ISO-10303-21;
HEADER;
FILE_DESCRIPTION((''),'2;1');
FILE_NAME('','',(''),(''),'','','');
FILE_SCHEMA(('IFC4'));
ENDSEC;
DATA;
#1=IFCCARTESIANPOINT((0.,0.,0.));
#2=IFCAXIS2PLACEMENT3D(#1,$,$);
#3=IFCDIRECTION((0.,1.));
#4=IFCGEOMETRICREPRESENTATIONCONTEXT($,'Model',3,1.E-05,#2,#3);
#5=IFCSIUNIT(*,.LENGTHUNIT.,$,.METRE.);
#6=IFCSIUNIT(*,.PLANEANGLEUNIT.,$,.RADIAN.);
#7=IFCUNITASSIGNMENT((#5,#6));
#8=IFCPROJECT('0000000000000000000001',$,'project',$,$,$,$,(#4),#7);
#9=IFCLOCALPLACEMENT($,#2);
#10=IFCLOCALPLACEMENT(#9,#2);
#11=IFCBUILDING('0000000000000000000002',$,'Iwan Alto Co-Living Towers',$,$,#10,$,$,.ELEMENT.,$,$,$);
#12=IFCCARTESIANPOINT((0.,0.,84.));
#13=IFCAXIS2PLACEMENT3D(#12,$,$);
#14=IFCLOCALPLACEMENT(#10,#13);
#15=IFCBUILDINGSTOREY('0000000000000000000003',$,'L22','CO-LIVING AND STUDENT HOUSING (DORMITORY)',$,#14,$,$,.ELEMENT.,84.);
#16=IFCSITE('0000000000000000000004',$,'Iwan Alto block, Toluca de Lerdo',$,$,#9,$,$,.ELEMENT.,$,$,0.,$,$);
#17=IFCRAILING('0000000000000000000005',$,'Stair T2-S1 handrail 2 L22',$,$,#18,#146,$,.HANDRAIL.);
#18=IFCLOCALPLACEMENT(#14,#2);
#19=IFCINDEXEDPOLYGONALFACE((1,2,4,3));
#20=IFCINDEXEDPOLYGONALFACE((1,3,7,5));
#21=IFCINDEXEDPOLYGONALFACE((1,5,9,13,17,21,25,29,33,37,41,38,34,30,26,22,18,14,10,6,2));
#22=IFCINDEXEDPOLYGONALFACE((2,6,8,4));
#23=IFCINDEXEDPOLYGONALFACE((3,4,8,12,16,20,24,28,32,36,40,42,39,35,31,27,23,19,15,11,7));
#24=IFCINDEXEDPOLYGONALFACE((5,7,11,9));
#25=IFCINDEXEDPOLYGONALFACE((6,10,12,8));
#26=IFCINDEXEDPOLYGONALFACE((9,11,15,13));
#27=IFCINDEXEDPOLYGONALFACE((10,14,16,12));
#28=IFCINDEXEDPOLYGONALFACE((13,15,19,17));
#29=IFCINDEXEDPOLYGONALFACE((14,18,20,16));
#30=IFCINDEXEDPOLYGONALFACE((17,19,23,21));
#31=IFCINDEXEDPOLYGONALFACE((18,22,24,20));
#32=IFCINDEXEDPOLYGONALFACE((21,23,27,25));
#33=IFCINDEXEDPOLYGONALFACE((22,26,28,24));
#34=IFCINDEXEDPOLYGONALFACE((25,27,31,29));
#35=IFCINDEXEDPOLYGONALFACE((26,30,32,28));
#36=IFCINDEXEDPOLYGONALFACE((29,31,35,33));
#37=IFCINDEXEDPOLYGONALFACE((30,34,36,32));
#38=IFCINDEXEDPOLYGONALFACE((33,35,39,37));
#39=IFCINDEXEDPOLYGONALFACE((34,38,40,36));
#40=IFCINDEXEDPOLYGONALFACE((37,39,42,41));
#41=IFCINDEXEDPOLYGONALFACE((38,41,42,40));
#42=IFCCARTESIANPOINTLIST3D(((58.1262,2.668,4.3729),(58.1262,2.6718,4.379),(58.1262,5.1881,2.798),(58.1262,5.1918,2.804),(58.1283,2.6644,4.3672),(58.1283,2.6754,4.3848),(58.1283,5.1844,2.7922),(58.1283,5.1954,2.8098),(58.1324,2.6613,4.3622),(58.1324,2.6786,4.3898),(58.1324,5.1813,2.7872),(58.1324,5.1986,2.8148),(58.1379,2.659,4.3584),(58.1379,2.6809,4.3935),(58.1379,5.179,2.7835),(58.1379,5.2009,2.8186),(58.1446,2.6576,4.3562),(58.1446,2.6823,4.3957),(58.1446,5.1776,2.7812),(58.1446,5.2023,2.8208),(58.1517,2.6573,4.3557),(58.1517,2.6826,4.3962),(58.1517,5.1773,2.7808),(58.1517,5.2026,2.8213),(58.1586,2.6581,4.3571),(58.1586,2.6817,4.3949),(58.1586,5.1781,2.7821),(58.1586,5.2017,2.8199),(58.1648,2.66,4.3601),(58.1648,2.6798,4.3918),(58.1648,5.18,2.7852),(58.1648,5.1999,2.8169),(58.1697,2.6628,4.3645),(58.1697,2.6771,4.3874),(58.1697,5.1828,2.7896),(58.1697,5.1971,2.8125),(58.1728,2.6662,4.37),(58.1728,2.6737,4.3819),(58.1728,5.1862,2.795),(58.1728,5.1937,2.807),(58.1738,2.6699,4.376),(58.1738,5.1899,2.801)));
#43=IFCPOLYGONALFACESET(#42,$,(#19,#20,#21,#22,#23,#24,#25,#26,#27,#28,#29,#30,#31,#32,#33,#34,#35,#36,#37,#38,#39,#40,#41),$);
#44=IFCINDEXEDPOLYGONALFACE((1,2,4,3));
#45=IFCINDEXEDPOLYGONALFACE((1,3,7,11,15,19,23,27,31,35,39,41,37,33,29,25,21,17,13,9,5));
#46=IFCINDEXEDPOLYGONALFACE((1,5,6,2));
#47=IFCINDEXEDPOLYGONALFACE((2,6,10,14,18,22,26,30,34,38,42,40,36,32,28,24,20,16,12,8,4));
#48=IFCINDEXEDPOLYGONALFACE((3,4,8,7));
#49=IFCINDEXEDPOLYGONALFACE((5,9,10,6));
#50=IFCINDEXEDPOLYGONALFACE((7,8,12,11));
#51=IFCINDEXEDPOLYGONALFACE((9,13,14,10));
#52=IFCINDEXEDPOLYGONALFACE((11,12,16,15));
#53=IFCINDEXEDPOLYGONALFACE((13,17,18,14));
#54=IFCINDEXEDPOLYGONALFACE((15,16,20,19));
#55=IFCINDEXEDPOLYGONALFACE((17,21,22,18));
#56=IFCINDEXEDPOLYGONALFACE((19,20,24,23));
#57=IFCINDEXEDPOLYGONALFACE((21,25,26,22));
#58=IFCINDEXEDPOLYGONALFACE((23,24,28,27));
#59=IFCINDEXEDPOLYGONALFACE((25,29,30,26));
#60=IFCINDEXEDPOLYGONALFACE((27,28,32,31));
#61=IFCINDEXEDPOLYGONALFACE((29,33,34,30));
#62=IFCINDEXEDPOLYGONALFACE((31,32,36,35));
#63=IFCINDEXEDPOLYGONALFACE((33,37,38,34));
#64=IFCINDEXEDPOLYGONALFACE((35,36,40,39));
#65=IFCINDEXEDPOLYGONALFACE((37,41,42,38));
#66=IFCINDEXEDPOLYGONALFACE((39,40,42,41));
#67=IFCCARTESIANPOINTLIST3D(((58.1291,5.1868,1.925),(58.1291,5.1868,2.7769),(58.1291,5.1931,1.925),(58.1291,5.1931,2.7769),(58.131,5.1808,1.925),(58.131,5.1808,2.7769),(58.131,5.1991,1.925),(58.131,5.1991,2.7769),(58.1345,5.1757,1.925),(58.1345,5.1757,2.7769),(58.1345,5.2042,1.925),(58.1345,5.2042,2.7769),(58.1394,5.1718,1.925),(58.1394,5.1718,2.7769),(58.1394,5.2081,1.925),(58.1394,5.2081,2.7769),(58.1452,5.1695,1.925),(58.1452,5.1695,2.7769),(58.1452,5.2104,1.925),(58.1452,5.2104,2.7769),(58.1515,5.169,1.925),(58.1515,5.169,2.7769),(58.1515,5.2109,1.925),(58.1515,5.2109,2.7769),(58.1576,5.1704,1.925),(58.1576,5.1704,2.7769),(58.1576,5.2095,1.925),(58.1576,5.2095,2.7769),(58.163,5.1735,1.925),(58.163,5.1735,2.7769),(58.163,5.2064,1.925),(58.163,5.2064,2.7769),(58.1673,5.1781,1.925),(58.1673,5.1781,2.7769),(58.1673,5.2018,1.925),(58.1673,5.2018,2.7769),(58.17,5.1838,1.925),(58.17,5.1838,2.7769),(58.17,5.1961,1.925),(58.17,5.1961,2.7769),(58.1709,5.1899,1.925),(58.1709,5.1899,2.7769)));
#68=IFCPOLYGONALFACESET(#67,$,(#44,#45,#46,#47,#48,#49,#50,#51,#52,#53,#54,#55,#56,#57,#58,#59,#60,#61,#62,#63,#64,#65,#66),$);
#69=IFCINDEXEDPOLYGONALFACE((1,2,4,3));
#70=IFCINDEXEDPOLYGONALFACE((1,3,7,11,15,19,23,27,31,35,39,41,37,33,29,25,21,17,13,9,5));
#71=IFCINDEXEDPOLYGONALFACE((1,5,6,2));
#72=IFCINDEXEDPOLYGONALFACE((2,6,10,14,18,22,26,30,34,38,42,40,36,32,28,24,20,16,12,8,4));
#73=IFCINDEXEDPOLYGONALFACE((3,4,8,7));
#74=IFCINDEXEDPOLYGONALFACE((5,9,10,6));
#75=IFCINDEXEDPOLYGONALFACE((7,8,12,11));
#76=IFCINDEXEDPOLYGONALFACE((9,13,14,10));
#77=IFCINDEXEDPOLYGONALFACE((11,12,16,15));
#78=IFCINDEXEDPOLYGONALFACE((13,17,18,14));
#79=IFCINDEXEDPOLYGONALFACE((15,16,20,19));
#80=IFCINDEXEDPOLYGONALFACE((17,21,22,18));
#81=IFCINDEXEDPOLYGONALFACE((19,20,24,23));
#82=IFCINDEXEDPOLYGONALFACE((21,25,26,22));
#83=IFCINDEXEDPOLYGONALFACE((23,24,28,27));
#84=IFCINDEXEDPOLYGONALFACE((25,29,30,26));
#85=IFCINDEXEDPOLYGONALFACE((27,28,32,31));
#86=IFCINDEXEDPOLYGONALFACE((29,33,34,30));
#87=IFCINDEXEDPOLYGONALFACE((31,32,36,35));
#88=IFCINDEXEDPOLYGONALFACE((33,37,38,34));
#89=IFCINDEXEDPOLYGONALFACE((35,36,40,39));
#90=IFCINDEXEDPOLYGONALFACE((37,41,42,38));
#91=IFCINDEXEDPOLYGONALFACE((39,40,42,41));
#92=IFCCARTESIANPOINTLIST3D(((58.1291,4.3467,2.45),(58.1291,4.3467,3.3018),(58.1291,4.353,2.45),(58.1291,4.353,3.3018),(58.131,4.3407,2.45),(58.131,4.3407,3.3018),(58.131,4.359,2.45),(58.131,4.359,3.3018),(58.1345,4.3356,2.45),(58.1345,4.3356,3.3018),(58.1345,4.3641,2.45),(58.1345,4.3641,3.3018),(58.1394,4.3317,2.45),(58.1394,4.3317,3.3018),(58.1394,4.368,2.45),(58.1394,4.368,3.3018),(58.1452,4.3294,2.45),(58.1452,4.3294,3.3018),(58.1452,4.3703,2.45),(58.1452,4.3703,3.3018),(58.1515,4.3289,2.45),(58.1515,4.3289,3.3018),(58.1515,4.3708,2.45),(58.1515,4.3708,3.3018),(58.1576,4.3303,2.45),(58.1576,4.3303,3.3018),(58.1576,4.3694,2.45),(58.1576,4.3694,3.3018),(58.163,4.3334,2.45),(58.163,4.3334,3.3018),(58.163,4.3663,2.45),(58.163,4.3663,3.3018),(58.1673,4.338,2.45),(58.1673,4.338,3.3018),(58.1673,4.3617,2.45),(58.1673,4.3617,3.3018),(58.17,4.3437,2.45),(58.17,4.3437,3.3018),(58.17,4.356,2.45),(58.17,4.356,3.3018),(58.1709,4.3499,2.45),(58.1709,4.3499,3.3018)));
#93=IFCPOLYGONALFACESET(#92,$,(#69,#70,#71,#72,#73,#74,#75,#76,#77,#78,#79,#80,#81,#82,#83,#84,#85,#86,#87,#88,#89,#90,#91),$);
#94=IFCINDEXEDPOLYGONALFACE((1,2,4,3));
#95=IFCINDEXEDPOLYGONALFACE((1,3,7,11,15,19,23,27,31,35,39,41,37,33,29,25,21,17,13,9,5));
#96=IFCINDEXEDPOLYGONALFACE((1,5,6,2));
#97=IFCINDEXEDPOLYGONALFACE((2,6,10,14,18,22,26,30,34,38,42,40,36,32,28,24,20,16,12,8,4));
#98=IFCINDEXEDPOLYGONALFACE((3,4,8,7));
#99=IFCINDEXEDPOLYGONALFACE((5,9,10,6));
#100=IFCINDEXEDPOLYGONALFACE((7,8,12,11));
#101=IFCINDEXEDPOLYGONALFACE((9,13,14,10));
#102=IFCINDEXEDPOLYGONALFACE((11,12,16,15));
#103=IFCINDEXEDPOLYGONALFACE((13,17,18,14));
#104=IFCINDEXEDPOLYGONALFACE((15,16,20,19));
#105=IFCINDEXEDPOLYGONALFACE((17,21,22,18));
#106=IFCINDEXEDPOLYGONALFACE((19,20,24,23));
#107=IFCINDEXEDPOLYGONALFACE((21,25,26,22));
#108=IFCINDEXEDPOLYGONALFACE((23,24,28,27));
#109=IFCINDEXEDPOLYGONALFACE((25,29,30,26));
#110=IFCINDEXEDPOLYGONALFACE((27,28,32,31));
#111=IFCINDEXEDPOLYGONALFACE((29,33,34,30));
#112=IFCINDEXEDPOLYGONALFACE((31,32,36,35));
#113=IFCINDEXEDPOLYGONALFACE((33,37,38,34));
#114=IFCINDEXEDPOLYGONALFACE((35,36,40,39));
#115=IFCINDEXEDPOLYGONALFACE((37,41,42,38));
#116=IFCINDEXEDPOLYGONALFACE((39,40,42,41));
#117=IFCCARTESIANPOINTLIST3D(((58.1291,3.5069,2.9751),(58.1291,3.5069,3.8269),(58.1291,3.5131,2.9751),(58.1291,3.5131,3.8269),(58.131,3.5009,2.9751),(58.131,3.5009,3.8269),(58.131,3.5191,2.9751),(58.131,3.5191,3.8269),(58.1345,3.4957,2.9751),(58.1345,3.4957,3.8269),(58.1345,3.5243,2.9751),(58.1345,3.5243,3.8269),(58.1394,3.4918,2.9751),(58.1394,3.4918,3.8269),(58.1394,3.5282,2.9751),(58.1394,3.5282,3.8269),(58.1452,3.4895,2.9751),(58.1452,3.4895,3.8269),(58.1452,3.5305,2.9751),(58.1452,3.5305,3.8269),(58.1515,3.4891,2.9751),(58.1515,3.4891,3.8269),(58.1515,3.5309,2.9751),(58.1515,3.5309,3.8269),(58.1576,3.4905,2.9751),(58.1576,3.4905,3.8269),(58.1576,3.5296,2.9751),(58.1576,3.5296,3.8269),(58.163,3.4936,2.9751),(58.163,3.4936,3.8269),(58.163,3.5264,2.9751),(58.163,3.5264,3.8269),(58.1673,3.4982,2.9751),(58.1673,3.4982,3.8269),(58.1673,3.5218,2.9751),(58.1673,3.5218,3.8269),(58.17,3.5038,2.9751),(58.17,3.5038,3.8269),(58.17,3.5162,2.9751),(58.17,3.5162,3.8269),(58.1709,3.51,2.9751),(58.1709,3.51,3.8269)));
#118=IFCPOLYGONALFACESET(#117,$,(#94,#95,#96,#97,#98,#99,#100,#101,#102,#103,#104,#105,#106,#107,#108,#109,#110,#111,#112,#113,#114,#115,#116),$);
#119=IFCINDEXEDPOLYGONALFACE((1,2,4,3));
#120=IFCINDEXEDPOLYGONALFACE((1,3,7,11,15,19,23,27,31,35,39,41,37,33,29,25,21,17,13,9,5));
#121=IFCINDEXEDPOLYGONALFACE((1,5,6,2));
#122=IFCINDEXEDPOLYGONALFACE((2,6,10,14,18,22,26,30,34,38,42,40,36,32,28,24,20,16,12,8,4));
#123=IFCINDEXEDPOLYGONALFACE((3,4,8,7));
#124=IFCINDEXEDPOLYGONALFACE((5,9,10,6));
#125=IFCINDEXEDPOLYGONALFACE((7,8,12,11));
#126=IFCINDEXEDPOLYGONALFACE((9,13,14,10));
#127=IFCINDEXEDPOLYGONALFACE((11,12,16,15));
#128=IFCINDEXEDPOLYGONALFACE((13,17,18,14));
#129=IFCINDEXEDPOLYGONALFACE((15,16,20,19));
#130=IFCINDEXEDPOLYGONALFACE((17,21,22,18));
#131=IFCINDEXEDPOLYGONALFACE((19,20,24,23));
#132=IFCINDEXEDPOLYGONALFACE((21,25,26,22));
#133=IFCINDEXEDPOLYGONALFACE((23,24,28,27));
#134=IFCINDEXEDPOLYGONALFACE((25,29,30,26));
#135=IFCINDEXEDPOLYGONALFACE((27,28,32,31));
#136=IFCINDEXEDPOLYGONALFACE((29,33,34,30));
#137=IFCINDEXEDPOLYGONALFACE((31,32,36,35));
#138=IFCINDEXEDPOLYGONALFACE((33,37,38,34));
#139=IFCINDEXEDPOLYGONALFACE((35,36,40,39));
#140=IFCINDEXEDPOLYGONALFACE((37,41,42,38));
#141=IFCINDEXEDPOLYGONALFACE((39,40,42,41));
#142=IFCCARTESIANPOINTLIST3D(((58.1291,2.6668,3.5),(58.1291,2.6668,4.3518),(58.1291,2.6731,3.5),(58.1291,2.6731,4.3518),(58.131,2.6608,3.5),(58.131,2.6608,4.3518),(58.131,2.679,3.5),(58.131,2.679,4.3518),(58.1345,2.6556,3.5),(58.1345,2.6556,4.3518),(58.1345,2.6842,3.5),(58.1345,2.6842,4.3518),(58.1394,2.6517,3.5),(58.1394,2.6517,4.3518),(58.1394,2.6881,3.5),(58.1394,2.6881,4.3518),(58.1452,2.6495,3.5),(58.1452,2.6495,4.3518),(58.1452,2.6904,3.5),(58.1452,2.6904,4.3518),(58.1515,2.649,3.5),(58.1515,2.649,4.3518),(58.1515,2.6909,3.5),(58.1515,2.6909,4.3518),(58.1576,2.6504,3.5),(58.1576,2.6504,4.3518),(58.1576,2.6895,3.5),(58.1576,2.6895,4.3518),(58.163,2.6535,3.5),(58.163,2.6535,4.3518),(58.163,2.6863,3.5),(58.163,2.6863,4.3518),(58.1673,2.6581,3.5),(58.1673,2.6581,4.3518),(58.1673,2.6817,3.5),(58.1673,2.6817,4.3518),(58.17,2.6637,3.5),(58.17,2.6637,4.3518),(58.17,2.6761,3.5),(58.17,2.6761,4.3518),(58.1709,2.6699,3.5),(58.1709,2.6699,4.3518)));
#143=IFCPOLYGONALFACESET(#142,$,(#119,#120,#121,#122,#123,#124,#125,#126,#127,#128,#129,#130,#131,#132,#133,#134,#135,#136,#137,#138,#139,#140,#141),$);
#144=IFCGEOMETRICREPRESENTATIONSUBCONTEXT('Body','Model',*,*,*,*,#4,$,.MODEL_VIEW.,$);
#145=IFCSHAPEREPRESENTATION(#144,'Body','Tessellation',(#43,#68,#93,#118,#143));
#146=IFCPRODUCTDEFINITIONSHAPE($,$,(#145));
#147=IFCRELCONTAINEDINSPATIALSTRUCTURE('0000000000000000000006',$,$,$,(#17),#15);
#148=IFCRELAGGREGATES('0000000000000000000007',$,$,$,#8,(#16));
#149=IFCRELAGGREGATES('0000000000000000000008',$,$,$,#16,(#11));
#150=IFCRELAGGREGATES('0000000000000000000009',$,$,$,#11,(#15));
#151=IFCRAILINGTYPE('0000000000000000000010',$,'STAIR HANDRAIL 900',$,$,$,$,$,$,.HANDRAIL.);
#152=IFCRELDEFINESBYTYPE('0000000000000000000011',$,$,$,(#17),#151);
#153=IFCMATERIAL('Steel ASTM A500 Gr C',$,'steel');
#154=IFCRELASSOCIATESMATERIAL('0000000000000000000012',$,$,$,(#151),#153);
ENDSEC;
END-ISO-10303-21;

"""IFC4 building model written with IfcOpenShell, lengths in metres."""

from ifc_helpers import new_model, si_unit, direction, frame, origin, origin_2d, place, context, subcontext, project, spatial, circle, extrude, material, type_object, element, save


model = new_model("IFC4")

# Units and contexts
model_context = context("Model", 3, precision=1e-05, world=origin(), true_north=direction((0.0, 1.0)))
body_context = subcontext(model_context, "Body", "Model", "MODEL_VIEW")
ifc_project = project(units=[si_unit("LENGTHUNIT", "METRE"), si_unit("PLANEANGLEUNIT", "RADIAN")], contexts=[model_context])

# Site, building, storey
site_placement = place(None, origin())
site = spatial("IfcSite", under=ifc_project, at=site_placement, Name="Iwan Alto block, Toluca de Lerdo", CompositionType="ELEMENT", RefElevation=0.0)
building_placement = place(site_placement, origin())
building = spatial("IfcBuilding", under=site, at=building_placement, Name="Iwan Alto Co-Living Towers", CompositionType="ELEMENT")
storey_placement = place(building_placement, frame((0.0, 0.0, 84.0)))
storey = spatial("IfcBuildingStorey", under=building, at=storey_placement, Name="L22", Description="CO-LIVING AND STUDENT HOUSING (DORMITORY)", CompositionType="ELEMENT", Elevation=84.0)

# Railing
ifc_material_1 = material(Name="Steel ASTM A500 Gr C", Category="steel")
railing_type_1 = type_object("IfcRailingType", Name="STAIR HANDRAIL 900", PredefinedType="HANDRAIL", material=ifc_material_1)
railing_1_placement = place(storey_placement, frame((58.1499, 5.1899, 1.925)))
element("IfcRailing", 1, at=railing_1_placement, inside=storey, type_object=railing_type_1, Name="Stair T2-S1 handrail 2 L22", PredefinedType="HANDRAIL", context=body_context, shape_type="SweptSolid", body=[
    extrude(circle(Radius=0.0239, at=origin_2d()), frame((0.0, 0.0, 0.876), z_axis=(0.0, -0.848008, 0.529984), x_axis=(1.0, 0.0, 0.0)), (0.0, 0.0, 1.0), 2.9717),
    extrude(circle(Radius=0.021, at=origin_2d()), origin(), (0.0, 0.0, 1.0), 0.8518),
    extrude(circle(Radius=0.021, at=origin_2d()), frame((0.0, -0.8401, 0.5249)), (0.0, 0.0, 1.0), 0.8518),
    extrude(circle(Radius=0.021, at=origin_2d()), frame((0.0, -1.6799, 1.05)), (0.0, 0.0, 1.0), 0.8518),
    extrude(circle(Radius=0.021, at=origin_2d()), frame((0.0, -2.52, 1.575)), (0.0, 0.0, 1.0), 0.8518),
])

save(model, "model.ifc")
